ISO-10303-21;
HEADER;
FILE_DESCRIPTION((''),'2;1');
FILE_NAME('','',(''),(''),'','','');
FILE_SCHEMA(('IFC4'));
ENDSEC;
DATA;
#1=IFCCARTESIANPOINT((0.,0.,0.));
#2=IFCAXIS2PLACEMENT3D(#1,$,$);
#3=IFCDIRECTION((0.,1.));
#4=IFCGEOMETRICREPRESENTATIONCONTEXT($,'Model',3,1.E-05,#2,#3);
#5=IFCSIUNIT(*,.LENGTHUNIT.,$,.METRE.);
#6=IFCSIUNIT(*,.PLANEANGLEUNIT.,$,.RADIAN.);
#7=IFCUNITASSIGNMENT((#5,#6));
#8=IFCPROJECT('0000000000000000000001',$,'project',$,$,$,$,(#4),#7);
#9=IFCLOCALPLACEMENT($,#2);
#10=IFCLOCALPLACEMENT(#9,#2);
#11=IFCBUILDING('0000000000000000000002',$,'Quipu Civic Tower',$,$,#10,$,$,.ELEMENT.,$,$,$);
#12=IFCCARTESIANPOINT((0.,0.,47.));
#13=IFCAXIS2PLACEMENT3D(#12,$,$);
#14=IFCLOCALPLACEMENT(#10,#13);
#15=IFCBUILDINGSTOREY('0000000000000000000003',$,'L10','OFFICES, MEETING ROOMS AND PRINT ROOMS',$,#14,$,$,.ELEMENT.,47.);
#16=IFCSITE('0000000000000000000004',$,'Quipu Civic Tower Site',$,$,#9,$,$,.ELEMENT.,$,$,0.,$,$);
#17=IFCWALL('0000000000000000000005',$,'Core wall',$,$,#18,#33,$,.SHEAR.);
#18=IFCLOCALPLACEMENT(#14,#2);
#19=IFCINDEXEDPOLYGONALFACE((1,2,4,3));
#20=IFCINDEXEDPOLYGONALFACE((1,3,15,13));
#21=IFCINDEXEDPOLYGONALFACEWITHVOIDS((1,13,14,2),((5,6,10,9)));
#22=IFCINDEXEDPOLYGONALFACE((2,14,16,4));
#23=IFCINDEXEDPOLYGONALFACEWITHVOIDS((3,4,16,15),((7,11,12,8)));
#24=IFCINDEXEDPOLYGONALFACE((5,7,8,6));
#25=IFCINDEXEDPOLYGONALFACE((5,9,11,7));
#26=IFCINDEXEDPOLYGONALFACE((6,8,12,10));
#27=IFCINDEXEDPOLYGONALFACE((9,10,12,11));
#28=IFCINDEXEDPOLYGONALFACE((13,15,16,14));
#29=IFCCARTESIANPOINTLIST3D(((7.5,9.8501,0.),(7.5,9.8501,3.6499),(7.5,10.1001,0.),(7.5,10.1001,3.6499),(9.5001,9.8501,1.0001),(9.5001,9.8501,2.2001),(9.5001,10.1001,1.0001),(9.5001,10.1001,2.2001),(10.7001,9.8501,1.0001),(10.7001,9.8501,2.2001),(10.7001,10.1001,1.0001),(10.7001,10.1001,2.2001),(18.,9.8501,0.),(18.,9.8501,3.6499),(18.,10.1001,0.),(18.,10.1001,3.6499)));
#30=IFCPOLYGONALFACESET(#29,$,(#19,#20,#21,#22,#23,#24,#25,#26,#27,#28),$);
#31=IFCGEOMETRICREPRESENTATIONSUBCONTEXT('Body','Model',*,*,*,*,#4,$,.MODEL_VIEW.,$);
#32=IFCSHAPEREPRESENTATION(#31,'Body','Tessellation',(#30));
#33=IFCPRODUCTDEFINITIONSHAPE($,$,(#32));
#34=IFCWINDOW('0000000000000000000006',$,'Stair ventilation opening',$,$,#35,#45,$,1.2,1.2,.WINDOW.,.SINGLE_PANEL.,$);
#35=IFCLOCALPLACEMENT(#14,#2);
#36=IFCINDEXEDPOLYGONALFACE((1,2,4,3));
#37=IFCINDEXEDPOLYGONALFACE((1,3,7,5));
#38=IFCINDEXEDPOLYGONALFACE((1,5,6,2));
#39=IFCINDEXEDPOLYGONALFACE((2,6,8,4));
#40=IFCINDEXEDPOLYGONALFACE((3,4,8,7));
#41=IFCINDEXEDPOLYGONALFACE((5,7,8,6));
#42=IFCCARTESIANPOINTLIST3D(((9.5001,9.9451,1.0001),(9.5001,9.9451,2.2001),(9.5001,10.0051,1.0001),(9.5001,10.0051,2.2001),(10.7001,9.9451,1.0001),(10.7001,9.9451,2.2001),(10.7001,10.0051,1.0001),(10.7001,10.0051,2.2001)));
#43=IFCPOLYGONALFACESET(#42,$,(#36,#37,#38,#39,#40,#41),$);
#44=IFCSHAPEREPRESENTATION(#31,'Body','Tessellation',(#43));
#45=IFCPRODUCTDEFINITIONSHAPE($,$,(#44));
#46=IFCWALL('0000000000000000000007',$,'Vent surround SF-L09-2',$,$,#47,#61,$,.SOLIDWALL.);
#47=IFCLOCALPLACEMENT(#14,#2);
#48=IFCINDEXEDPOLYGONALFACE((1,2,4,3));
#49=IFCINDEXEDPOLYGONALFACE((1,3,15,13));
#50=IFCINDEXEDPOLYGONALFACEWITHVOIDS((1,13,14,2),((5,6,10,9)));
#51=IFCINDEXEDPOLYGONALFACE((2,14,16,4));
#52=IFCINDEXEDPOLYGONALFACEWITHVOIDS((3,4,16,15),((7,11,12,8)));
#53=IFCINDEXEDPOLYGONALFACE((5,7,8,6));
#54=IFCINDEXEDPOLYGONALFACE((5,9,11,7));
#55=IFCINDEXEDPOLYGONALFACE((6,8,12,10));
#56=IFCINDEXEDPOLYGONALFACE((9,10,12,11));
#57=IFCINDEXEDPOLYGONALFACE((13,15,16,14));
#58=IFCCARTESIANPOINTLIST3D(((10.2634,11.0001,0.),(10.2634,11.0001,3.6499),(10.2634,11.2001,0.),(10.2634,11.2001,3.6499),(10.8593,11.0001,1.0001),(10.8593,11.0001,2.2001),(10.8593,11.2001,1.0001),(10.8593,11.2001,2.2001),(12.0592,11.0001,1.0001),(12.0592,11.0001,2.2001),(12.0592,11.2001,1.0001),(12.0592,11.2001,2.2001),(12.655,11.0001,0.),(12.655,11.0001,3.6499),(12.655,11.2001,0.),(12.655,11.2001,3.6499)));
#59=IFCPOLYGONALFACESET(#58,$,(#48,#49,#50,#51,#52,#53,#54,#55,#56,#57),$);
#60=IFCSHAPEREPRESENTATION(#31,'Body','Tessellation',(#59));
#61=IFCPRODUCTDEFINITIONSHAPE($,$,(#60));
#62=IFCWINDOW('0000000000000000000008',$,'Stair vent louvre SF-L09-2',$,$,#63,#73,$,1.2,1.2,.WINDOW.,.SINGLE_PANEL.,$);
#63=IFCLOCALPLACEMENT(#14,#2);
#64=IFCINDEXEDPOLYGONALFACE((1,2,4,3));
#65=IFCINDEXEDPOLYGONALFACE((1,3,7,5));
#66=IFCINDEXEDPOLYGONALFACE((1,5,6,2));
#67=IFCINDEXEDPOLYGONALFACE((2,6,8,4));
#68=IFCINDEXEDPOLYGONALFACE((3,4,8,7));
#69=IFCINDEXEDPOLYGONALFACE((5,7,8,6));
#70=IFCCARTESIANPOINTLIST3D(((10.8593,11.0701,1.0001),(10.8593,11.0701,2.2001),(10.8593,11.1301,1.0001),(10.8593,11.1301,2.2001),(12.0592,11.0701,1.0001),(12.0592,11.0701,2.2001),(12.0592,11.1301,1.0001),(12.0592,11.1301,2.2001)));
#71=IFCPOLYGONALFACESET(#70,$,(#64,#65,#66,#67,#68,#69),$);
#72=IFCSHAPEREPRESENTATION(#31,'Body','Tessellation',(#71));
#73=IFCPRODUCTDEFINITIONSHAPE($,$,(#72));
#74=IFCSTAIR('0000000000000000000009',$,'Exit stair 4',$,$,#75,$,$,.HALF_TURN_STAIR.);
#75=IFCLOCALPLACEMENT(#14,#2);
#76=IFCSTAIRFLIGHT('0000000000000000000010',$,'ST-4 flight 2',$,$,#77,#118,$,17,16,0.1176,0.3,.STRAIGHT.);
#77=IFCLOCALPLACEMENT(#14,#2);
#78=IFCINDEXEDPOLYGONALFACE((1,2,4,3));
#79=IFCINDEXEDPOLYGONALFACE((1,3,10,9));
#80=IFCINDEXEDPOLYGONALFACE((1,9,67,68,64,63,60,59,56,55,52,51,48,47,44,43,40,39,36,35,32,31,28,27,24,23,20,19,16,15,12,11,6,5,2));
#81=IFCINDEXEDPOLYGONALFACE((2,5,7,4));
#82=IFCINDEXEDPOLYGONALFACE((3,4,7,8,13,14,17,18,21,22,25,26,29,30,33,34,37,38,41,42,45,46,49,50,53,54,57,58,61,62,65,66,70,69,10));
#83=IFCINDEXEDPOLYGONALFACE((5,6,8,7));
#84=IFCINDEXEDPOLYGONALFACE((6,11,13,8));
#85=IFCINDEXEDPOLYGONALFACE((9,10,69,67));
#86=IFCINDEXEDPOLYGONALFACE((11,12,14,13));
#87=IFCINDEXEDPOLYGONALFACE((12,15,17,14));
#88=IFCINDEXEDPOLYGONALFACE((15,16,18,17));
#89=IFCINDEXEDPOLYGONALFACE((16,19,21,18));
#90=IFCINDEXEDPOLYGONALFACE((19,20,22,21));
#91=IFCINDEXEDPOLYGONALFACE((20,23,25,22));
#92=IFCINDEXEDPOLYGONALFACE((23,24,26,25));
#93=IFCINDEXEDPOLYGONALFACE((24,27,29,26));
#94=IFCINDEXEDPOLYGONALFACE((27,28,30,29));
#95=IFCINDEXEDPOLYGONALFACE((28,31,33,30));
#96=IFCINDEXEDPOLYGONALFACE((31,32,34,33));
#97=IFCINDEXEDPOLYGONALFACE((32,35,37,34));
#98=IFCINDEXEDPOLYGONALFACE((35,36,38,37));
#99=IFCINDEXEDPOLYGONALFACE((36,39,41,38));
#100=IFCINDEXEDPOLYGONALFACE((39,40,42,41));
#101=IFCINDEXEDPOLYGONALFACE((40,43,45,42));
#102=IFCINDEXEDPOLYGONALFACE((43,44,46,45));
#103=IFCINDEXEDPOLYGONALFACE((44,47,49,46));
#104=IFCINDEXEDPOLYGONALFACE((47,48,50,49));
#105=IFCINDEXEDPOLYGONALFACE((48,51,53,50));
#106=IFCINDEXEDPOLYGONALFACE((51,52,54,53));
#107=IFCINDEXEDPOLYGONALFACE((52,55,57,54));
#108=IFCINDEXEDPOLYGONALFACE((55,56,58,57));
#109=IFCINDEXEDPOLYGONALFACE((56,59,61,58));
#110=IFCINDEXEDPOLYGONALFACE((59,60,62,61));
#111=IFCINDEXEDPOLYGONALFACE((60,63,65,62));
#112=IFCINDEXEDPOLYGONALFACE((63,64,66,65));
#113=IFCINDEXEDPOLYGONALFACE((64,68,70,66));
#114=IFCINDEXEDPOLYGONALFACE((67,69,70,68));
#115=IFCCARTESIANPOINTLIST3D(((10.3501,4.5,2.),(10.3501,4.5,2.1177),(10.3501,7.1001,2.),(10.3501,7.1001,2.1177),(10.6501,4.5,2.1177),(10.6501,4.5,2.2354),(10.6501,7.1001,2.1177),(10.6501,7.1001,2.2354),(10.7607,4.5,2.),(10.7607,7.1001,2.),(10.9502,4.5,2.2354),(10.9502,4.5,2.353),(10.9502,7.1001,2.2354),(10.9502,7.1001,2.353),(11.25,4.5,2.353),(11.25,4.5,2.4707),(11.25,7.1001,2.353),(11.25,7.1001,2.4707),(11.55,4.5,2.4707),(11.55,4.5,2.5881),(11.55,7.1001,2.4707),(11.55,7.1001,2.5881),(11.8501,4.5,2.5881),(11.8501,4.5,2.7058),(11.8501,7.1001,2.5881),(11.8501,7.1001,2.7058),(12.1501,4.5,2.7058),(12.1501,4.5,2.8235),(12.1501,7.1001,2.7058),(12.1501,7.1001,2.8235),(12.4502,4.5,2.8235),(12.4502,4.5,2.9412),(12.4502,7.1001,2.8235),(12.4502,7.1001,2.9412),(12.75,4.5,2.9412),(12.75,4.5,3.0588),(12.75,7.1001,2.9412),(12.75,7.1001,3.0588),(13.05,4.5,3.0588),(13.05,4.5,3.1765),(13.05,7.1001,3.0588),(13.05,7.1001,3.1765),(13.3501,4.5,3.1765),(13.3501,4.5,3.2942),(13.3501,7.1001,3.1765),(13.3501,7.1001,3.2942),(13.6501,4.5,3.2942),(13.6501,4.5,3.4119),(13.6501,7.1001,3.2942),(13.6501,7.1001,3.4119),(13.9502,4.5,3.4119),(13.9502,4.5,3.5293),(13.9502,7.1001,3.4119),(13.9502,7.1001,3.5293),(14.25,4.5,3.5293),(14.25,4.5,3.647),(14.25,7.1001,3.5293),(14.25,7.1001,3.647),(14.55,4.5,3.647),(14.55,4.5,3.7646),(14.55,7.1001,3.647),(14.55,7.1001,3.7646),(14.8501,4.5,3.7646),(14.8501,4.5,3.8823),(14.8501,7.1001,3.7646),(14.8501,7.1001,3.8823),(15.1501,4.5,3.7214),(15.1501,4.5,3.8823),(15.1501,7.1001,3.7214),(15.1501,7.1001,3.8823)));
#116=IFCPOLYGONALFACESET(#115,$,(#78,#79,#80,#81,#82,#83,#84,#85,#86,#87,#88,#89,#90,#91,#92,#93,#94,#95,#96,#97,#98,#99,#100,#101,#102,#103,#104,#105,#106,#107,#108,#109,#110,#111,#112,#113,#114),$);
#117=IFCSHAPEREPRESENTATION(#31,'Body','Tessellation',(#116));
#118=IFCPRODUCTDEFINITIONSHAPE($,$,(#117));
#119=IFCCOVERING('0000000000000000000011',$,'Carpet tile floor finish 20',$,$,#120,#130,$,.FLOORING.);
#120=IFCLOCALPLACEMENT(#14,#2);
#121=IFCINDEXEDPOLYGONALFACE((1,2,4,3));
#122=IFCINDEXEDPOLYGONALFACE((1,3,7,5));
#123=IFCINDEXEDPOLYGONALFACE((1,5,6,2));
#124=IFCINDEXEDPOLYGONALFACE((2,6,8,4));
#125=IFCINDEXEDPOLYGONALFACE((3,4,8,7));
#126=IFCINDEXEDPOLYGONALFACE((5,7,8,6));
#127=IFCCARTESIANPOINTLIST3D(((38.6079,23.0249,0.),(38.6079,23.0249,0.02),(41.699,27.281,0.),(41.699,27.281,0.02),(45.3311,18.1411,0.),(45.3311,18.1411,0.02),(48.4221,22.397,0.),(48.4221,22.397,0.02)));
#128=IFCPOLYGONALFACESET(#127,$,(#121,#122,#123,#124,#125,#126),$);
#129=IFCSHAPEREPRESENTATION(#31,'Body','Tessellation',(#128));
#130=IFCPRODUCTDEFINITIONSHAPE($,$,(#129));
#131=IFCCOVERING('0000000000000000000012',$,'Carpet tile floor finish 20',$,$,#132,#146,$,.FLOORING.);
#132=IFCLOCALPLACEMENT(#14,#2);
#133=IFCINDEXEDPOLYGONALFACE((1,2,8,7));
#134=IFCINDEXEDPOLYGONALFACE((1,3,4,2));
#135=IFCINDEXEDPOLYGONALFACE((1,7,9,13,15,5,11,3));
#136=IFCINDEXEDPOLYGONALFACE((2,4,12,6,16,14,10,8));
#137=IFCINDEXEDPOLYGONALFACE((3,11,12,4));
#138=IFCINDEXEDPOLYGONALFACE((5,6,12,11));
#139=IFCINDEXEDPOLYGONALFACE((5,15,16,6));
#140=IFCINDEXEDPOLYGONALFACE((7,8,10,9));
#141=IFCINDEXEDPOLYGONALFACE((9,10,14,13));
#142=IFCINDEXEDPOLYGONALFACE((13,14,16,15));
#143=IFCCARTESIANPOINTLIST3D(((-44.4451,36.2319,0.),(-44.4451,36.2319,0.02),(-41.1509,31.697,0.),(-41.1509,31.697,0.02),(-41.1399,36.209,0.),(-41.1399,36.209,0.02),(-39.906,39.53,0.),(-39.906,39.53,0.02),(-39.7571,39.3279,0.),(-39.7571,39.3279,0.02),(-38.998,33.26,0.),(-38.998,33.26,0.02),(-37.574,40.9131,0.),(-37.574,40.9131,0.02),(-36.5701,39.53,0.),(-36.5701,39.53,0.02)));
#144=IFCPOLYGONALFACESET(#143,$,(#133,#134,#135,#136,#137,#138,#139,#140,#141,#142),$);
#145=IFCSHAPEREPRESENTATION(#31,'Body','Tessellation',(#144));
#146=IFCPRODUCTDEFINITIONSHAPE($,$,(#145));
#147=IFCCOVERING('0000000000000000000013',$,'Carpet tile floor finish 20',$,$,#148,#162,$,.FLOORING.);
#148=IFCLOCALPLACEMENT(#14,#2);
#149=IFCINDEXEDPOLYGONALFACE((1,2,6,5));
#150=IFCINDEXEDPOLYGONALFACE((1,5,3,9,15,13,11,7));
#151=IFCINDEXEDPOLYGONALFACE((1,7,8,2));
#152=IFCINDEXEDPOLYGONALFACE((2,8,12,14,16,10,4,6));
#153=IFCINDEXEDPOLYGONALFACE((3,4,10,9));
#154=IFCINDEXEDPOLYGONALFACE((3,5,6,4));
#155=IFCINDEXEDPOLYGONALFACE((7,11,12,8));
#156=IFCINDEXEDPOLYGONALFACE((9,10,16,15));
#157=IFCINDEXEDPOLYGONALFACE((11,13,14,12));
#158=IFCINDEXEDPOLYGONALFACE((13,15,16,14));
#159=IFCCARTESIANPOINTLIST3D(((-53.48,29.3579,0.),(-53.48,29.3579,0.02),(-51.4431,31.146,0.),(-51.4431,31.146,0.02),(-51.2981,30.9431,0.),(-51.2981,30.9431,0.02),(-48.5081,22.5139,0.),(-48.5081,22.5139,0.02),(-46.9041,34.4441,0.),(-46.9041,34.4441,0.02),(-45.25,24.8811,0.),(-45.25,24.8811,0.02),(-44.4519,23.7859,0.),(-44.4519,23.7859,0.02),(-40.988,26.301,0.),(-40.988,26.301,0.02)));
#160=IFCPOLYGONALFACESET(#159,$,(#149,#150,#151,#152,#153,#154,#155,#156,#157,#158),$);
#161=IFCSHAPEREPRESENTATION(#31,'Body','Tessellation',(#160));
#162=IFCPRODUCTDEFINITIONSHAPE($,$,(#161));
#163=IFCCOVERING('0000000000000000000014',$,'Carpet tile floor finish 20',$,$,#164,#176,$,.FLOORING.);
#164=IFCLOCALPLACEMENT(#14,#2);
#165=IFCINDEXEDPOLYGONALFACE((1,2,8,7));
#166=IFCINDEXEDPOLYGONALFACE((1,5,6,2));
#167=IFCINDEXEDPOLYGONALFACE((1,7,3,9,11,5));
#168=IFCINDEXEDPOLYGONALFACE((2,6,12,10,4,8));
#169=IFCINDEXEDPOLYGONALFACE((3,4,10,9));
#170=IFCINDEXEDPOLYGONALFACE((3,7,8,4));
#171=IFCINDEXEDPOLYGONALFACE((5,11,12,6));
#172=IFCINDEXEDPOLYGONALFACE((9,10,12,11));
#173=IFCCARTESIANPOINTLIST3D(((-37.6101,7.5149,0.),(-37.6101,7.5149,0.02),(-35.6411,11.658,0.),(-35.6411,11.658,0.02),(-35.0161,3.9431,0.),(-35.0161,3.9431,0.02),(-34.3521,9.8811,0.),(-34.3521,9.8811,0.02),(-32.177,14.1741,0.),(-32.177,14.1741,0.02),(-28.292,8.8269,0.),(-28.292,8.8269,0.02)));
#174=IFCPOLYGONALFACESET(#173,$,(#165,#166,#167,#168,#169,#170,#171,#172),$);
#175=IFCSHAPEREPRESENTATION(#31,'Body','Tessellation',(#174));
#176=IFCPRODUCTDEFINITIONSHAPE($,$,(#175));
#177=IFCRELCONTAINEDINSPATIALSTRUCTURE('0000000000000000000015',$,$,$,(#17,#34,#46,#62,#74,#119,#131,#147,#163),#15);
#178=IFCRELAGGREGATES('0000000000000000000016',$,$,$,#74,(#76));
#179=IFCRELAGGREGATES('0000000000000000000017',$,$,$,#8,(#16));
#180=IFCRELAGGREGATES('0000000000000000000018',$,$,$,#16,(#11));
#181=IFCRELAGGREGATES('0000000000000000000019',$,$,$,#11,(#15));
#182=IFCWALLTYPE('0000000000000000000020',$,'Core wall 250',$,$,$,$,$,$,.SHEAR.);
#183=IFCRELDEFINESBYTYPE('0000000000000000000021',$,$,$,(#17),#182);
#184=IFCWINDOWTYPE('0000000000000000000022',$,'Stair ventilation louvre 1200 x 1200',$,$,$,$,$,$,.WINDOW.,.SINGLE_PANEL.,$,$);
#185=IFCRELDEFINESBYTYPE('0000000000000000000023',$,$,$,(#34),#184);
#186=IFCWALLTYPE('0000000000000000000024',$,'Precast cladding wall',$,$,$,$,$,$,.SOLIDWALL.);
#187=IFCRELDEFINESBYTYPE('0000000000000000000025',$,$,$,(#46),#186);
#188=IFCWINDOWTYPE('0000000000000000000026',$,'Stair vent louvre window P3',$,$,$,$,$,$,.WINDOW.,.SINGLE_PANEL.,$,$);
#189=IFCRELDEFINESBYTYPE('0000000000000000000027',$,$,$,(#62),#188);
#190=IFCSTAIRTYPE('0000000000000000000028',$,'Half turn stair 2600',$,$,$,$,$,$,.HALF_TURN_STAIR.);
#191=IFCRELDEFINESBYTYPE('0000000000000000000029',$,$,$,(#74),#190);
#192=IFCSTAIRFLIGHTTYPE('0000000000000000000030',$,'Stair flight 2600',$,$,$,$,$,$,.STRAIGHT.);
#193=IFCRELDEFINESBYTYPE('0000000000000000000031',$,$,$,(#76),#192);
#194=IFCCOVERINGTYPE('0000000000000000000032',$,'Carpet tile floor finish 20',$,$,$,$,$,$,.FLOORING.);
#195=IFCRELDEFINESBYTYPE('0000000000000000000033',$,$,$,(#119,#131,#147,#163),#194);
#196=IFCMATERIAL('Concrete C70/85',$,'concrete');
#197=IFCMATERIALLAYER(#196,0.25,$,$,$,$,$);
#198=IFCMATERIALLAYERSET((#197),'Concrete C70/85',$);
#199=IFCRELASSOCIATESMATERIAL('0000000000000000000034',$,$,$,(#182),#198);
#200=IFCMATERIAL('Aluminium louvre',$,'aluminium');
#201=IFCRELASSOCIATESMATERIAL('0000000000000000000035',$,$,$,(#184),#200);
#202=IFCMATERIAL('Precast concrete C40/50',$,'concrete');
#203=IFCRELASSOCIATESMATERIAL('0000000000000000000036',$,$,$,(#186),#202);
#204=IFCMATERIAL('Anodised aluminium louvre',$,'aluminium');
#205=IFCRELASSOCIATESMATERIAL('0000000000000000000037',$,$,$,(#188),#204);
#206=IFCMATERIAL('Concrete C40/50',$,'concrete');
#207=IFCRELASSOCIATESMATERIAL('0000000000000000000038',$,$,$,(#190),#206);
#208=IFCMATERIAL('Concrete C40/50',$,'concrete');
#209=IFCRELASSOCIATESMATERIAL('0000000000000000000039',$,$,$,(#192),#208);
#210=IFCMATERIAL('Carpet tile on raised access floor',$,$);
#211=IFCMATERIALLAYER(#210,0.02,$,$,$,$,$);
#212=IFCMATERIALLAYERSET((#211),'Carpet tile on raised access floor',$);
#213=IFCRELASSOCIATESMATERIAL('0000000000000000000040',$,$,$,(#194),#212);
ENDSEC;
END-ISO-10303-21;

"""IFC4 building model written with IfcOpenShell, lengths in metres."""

from ifc_helpers import new_model, si_unit, direction, frame, frame_2d, origin, place, context, subcontext, project, spatial, polyline, rectangle, outline, extrude, material, layer, layer_set, type_object, element, fill, aggregate, save


model = new_model("IFC4")

# Units and contexts
model_context = context("Model", 3, precision=1e-05, world=origin(), true_north=direction((0.0, 1.0)))
body_context = subcontext(model_context, "Body", "Model", "MODEL_VIEW")
ifc_project = project(units=[si_unit("LENGTHUNIT", "METRE"), si_unit("PLANEANGLEUNIT", "RADIAN")], contexts=[model_context])

# Site, building, storey
site_placement = place(None, origin())
site = spatial("IfcSite", under=ifc_project, at=site_placement, Name="Quipu Civic Tower Site", CompositionType="ELEMENT", RefElevation=0.0)
building_placement = place(site_placement, origin())
building = spatial("IfcBuilding", under=site, at=building_placement, Name="Quipu Civic Tower", CompositionType="ELEMENT")
storey_placement = place(building_placement, frame((0.0, 0.0, 47.0)))
storey = spatial("IfcBuildingStorey", under=building, at=storey_placement, Name="L10", Description="OFFICES, MEETING ROOMS AND PRINT ROOMS", CompositionType="ELEMENT", Elevation=47.0)

# Shared definitions
ifc_material_1 = material(Name="Concrete C70/85", Category="concrete")
ifc_layer_1 = layer(ifc_material_1, 0.25)
ifc_layer_set_1 = layer_set([ifc_layer_1], Name="Concrete C70/85")
wall_type_1 = type_object("IfcWallType", Name="Core wall 250", PredefinedType="SHEAR", material=ifc_layer_set_1)

# Walls, openings, windows
wall_1_placement = place(storey_placement, frame((7.5, 9.9751, 0.0), z_axis=(0.0, 0.0, 1.0), x_axis=(1.0, 0.0, 0.0)))
wall_1 = element("IfcWall", 1, at=wall_1_placement, inside=storey, type_object=wall_type_1, Name="Core wall", PredefinedType="SHEAR", context=body_context, shape_type="SweptSolid", body=[
    extrude(rectangle(XDim=10.5, YDim=0.25, at=frame_2d((5.25, 0.0))), origin(), (0.0, 0.0, 1.0), 3.6499),
])
opening_1_placement = place(wall_1_placement, frame((2.0, 0.0, 1.0)))
opening_1 = element("IfcOpeningElement", 2, at=opening_1_placement, cuts=wall_1, PredefinedType="OPENING", context=body_context, shape_type="SweptSolid", body=[
    extrude(rectangle(XDim=1.2, YDim=1.2, at=frame_2d((0.6001, 0.6001))), frame((0.0, 0.135, 0.0), z_axis=(0.0, -1.0, 0.0), x_axis=(1.0, 0.0, 0.0)), (0.0, 0.0, 1.0), 0.27),
])
ifc_material_2 = material(Name="Aluminium louvre", Category="aluminium")
window_type_1 = type_object("IfcWindowType", Name="Stair ventilation louvre 1200 x 1200", PartitioningType="SINGLE_PANEL", PredefinedType="WINDOW", material=ifc_material_2)
window_1_placement = place(opening_1_placement, origin())
window_1 = element("IfcWindow", 3, at=window_1_placement, inside=storey, type_object=window_type_1, Name="Stair ventilation opening", OverallHeight=1.2, OverallWidth=1.2, PartitioningType="SINGLE_PANEL", PredefinedType="WINDOW", context=body_context, shape_type="SweptSolid", body=[
    extrude(rectangle(XDim=1.2, YDim=1.2, at=frame_2d((0.6001, 0.6001))), frame((0.0, 0.03, 0.0), z_axis=(0.0, -1.0, 0.0), x_axis=(1.0, 0.0, 0.0)), (0.0, 0.0, 1.0), 0.0601),
])
fill(opening_1, window_1)
ifc_material_3 = material(Name="Precast concrete C40/50", Category="concrete")
wall_type_2 = type_object("IfcWallType", Name="Precast cladding wall", PredefinedType="SOLIDWALL", material=ifc_material_3)
wall_2_placement = place(storey_placement, frame((12.655, 11.1001, 0.0), z_axis=(0.0, 0.0, 1.0), x_axis=(-1.0, 0.0, 0.0)))
wall_2 = element("IfcWall", 4, at=wall_2_placement, inside=storey, type_object=wall_type_2, Name="Vent surround SF-L09-2", PredefinedType="SOLIDWALL", context=body_context, shape_type="SweptSolid", body=[
    extrude(rectangle(XDim=2.3916, YDim=0.2, at=frame_2d((1.1958, 0.0))), origin(), (0.0, 0.0, 1.0), 3.6499),
])
opening_2_placement = place(wall_2_placement, frame((0.5957, 0.0, 1.0)))
opening_2 = element("IfcOpeningElement", 5, at=opening_2_placement, cuts=wall_2, PredefinedType="OPENING", context=body_context, shape_type="SweptSolid", body=[
    extrude(rectangle(XDim=1.2, YDim=1.2, at=frame_2d((0.6001, 0.6001))), frame((0.0, 0.1099, 0.0), z_axis=(0.0, -1.0, 0.0), x_axis=(1.0, 0.0, 0.0)), (0.0, 0.0, 1.0), 0.22),
])
ifc_material_4 = material(Name="Anodised aluminium louvre", Category="aluminium")
window_type_2 = type_object("IfcWindowType", Name="Stair vent louvre window P3", PartitioningType="SINGLE_PANEL", PredefinedType="WINDOW", material=ifc_material_4)
window_2_placement = place(opening_2_placement, origin())
window_2 = element("IfcWindow", 6, at=window_2_placement, inside=storey, type_object=window_type_2, Name="Stair vent louvre SF-L09-2", OverallHeight=1.2, OverallWidth=1.2, PartitioningType="SINGLE_PANEL", PredefinedType="WINDOW", context=body_context, shape_type="SweptSolid", body=[
    extrude(rectangle(XDim=1.2, YDim=1.2, at=frame_2d((0.6001, 0.6001))), frame((0.0, 0.03, 0.0), z_axis=(0.0, -1.0, 0.0), x_axis=(1.0, 0.0, 0.0)), (0.0, 0.0, 1.0), 0.0601),
])
fill(opening_2, window_2)

# Stair, stair flight
ifc_material_5 = material(Name="Concrete C40/50", Category="concrete")
stair_type = type_object("IfcStairType", Name="Half turn stair 2600", PredefinedType="HALF_TURN_STAIR", material=ifc_material_5)
stair_placement = place(storey_placement, origin())
stair = element("IfcStair", 7, at=stair_placement, inside=storey, type_object=stair_type, Name="Exit stair 4", PredefinedType="HALF_TURN_STAIR")
ifc_material_6 = material(Name="Concrete C40/50", Category="concrete")
stair_flight_type = type_object("IfcStairFlightType", Name="Stair flight 2600", PredefinedType="STRAIGHT", material=ifc_material_6)
stair_flight_placement = place(storey_placement, frame((10.3501, 5.8, 2.0), z_axis=(0.0, 0.0, 1.0), x_axis=(1.0, 0.0, 0.0)))
stair_flight = element("IfcStairFlight", 8, at=stair_flight_placement, type_object=stair_flight_type, Name="ST-4 flight 2", NumberOfRisers=17, NumberOfTreads=16, PredefinedType="STRAIGHT", RiserHeight=0.1176, TreadLength=0.3, context=body_context, shape_type="SweptSolid", body=[
    extrude(outline(polyline([(0.0, 0.0), (0.0, 0.1177), (0.3, 0.1177), (0.3, 0.2354), (0.6001, 0.2354), (0.6001, 0.353), (0.8999, 0.353), (0.8999, 0.4707), (1.2, 0.4707), (1.2, 0.5881), (1.5, 0.5881), (1.5, 0.7058), (1.8, 0.7058), (1.8, 0.8235), (2.1001, 0.8235), (2.1001, 0.9412), (2.3999, 0.9412), (2.3999, 1.0588), (2.7, 1.0588), (2.7, 1.1765), (3.0, 1.1765), (3.0, 1.2942), (3.3, 1.2942), (3.3, 1.4119), (3.6001, 1.4119), (3.6001, 1.5293), (3.8999, 1.5293), (3.8999, 1.647), (4.2, 1.647), (4.2, 1.7646), (4.5, 1.7646), (4.5, 1.8823), (4.8, 1.8823), (4.8, 2.0), (4.8, 1.7214), (0.4106, 0.0), (0.0, 0.0)])), frame((0.0, 1.3, 0.0), z_axis=(0.0, -1.0, 0.0), x_axis=(1.0, 0.0, 0.0)), (0.0, 0.0, 1.0), 2.6001),
])
aggregate(stair, [stair_flight])

# Coverings
ifc_material_7 = material(Name="Carpet tile on raised access floor")
ifc_layer_2 = layer(ifc_material_7, 0.02)
ifc_layer_set_2 = layer_set([ifc_layer_2], Name="Carpet tile on raised access floor")
covering_type_1 = type_object("IfcCoveringType", Name="Carpet tile floor finish 20", PredefinedType="FLOORING", material=ifc_layer_set_2)
covering_1_placement = place(storey_placement, origin())
element("IfcCovering", 9, at=covering_1_placement, inside=storey, type_object=covering_type_1, Name="Carpet tile floor finish 20", PredefinedType="FLOORING", context=body_context, shape_type="SweptSolid", body=[
    extrude(outline(polyline([(38.6079, 23.0249), (41.699, 27.281), (48.4221, 22.397), (45.3311, 18.1411), (38.6079, 23.0249)])), origin(), (0.0, 0.0, 1.0), 0.02),
])
covering_2_placement = place(storey_placement, origin())
element("IfcCovering", 10, at=covering_2_placement, inside=storey, type_object=covering_type_1, Name="Carpet tile floor finish 20", PredefinedType="FLOORING", context=body_context, shape_type="SweptSolid", body=[
    extrude(outline(polyline([(-44.4451, 36.2319), (-39.906, 39.53), (-39.7571, 39.3279), (-37.574, 40.9131), (-36.5701, 39.53), (-41.1399, 36.209), (-38.998, 33.26), (-41.1509, 31.697), (-44.4451, 36.2319)])), origin(), (0.0, 0.0, 1.0), 0.02),
])
covering_3_placement = place(storey_placement, origin())
element("IfcCovering", 11, at=covering_3_placement, inside=storey, type_object=covering_type_1, Name="Carpet tile floor finish 20", PredefinedType="FLOORING", context=body_context, shape_type="SweptSolid", body=[
    extrude(outline(polyline([(-53.48, 29.3579), (-51.2981, 30.9431), (-51.4431, 31.146), (-46.9041, 34.4441), (-40.988, 26.301), (-44.4519, 23.7859), (-45.25, 24.8811), (-48.5081, 22.5139), (-53.48, 29.3579)])), origin(), (0.0, 0.0, 1.0), 0.02),
])
covering_4_placement = place(storey_placement, origin())
element("IfcCovering", 12, at=covering_4_placement, inside=storey, type_object=covering_type_1, Name="Carpet tile floor finish 20", PredefinedType="FLOORING", context=body_context, shape_type="SweptSolid", body=[
    extrude(outline(polyline([(-37.6101, 7.5149), (-34.3521, 9.8811), (-35.6411, 11.658), (-32.177, 14.1741), (-28.292, 8.8269), (-35.0161, 3.9431), (-37.6101, 7.5149)])), origin(), (0.0, 0.0, 1.0), 0.02),
])

save(model, "model.ifc")
